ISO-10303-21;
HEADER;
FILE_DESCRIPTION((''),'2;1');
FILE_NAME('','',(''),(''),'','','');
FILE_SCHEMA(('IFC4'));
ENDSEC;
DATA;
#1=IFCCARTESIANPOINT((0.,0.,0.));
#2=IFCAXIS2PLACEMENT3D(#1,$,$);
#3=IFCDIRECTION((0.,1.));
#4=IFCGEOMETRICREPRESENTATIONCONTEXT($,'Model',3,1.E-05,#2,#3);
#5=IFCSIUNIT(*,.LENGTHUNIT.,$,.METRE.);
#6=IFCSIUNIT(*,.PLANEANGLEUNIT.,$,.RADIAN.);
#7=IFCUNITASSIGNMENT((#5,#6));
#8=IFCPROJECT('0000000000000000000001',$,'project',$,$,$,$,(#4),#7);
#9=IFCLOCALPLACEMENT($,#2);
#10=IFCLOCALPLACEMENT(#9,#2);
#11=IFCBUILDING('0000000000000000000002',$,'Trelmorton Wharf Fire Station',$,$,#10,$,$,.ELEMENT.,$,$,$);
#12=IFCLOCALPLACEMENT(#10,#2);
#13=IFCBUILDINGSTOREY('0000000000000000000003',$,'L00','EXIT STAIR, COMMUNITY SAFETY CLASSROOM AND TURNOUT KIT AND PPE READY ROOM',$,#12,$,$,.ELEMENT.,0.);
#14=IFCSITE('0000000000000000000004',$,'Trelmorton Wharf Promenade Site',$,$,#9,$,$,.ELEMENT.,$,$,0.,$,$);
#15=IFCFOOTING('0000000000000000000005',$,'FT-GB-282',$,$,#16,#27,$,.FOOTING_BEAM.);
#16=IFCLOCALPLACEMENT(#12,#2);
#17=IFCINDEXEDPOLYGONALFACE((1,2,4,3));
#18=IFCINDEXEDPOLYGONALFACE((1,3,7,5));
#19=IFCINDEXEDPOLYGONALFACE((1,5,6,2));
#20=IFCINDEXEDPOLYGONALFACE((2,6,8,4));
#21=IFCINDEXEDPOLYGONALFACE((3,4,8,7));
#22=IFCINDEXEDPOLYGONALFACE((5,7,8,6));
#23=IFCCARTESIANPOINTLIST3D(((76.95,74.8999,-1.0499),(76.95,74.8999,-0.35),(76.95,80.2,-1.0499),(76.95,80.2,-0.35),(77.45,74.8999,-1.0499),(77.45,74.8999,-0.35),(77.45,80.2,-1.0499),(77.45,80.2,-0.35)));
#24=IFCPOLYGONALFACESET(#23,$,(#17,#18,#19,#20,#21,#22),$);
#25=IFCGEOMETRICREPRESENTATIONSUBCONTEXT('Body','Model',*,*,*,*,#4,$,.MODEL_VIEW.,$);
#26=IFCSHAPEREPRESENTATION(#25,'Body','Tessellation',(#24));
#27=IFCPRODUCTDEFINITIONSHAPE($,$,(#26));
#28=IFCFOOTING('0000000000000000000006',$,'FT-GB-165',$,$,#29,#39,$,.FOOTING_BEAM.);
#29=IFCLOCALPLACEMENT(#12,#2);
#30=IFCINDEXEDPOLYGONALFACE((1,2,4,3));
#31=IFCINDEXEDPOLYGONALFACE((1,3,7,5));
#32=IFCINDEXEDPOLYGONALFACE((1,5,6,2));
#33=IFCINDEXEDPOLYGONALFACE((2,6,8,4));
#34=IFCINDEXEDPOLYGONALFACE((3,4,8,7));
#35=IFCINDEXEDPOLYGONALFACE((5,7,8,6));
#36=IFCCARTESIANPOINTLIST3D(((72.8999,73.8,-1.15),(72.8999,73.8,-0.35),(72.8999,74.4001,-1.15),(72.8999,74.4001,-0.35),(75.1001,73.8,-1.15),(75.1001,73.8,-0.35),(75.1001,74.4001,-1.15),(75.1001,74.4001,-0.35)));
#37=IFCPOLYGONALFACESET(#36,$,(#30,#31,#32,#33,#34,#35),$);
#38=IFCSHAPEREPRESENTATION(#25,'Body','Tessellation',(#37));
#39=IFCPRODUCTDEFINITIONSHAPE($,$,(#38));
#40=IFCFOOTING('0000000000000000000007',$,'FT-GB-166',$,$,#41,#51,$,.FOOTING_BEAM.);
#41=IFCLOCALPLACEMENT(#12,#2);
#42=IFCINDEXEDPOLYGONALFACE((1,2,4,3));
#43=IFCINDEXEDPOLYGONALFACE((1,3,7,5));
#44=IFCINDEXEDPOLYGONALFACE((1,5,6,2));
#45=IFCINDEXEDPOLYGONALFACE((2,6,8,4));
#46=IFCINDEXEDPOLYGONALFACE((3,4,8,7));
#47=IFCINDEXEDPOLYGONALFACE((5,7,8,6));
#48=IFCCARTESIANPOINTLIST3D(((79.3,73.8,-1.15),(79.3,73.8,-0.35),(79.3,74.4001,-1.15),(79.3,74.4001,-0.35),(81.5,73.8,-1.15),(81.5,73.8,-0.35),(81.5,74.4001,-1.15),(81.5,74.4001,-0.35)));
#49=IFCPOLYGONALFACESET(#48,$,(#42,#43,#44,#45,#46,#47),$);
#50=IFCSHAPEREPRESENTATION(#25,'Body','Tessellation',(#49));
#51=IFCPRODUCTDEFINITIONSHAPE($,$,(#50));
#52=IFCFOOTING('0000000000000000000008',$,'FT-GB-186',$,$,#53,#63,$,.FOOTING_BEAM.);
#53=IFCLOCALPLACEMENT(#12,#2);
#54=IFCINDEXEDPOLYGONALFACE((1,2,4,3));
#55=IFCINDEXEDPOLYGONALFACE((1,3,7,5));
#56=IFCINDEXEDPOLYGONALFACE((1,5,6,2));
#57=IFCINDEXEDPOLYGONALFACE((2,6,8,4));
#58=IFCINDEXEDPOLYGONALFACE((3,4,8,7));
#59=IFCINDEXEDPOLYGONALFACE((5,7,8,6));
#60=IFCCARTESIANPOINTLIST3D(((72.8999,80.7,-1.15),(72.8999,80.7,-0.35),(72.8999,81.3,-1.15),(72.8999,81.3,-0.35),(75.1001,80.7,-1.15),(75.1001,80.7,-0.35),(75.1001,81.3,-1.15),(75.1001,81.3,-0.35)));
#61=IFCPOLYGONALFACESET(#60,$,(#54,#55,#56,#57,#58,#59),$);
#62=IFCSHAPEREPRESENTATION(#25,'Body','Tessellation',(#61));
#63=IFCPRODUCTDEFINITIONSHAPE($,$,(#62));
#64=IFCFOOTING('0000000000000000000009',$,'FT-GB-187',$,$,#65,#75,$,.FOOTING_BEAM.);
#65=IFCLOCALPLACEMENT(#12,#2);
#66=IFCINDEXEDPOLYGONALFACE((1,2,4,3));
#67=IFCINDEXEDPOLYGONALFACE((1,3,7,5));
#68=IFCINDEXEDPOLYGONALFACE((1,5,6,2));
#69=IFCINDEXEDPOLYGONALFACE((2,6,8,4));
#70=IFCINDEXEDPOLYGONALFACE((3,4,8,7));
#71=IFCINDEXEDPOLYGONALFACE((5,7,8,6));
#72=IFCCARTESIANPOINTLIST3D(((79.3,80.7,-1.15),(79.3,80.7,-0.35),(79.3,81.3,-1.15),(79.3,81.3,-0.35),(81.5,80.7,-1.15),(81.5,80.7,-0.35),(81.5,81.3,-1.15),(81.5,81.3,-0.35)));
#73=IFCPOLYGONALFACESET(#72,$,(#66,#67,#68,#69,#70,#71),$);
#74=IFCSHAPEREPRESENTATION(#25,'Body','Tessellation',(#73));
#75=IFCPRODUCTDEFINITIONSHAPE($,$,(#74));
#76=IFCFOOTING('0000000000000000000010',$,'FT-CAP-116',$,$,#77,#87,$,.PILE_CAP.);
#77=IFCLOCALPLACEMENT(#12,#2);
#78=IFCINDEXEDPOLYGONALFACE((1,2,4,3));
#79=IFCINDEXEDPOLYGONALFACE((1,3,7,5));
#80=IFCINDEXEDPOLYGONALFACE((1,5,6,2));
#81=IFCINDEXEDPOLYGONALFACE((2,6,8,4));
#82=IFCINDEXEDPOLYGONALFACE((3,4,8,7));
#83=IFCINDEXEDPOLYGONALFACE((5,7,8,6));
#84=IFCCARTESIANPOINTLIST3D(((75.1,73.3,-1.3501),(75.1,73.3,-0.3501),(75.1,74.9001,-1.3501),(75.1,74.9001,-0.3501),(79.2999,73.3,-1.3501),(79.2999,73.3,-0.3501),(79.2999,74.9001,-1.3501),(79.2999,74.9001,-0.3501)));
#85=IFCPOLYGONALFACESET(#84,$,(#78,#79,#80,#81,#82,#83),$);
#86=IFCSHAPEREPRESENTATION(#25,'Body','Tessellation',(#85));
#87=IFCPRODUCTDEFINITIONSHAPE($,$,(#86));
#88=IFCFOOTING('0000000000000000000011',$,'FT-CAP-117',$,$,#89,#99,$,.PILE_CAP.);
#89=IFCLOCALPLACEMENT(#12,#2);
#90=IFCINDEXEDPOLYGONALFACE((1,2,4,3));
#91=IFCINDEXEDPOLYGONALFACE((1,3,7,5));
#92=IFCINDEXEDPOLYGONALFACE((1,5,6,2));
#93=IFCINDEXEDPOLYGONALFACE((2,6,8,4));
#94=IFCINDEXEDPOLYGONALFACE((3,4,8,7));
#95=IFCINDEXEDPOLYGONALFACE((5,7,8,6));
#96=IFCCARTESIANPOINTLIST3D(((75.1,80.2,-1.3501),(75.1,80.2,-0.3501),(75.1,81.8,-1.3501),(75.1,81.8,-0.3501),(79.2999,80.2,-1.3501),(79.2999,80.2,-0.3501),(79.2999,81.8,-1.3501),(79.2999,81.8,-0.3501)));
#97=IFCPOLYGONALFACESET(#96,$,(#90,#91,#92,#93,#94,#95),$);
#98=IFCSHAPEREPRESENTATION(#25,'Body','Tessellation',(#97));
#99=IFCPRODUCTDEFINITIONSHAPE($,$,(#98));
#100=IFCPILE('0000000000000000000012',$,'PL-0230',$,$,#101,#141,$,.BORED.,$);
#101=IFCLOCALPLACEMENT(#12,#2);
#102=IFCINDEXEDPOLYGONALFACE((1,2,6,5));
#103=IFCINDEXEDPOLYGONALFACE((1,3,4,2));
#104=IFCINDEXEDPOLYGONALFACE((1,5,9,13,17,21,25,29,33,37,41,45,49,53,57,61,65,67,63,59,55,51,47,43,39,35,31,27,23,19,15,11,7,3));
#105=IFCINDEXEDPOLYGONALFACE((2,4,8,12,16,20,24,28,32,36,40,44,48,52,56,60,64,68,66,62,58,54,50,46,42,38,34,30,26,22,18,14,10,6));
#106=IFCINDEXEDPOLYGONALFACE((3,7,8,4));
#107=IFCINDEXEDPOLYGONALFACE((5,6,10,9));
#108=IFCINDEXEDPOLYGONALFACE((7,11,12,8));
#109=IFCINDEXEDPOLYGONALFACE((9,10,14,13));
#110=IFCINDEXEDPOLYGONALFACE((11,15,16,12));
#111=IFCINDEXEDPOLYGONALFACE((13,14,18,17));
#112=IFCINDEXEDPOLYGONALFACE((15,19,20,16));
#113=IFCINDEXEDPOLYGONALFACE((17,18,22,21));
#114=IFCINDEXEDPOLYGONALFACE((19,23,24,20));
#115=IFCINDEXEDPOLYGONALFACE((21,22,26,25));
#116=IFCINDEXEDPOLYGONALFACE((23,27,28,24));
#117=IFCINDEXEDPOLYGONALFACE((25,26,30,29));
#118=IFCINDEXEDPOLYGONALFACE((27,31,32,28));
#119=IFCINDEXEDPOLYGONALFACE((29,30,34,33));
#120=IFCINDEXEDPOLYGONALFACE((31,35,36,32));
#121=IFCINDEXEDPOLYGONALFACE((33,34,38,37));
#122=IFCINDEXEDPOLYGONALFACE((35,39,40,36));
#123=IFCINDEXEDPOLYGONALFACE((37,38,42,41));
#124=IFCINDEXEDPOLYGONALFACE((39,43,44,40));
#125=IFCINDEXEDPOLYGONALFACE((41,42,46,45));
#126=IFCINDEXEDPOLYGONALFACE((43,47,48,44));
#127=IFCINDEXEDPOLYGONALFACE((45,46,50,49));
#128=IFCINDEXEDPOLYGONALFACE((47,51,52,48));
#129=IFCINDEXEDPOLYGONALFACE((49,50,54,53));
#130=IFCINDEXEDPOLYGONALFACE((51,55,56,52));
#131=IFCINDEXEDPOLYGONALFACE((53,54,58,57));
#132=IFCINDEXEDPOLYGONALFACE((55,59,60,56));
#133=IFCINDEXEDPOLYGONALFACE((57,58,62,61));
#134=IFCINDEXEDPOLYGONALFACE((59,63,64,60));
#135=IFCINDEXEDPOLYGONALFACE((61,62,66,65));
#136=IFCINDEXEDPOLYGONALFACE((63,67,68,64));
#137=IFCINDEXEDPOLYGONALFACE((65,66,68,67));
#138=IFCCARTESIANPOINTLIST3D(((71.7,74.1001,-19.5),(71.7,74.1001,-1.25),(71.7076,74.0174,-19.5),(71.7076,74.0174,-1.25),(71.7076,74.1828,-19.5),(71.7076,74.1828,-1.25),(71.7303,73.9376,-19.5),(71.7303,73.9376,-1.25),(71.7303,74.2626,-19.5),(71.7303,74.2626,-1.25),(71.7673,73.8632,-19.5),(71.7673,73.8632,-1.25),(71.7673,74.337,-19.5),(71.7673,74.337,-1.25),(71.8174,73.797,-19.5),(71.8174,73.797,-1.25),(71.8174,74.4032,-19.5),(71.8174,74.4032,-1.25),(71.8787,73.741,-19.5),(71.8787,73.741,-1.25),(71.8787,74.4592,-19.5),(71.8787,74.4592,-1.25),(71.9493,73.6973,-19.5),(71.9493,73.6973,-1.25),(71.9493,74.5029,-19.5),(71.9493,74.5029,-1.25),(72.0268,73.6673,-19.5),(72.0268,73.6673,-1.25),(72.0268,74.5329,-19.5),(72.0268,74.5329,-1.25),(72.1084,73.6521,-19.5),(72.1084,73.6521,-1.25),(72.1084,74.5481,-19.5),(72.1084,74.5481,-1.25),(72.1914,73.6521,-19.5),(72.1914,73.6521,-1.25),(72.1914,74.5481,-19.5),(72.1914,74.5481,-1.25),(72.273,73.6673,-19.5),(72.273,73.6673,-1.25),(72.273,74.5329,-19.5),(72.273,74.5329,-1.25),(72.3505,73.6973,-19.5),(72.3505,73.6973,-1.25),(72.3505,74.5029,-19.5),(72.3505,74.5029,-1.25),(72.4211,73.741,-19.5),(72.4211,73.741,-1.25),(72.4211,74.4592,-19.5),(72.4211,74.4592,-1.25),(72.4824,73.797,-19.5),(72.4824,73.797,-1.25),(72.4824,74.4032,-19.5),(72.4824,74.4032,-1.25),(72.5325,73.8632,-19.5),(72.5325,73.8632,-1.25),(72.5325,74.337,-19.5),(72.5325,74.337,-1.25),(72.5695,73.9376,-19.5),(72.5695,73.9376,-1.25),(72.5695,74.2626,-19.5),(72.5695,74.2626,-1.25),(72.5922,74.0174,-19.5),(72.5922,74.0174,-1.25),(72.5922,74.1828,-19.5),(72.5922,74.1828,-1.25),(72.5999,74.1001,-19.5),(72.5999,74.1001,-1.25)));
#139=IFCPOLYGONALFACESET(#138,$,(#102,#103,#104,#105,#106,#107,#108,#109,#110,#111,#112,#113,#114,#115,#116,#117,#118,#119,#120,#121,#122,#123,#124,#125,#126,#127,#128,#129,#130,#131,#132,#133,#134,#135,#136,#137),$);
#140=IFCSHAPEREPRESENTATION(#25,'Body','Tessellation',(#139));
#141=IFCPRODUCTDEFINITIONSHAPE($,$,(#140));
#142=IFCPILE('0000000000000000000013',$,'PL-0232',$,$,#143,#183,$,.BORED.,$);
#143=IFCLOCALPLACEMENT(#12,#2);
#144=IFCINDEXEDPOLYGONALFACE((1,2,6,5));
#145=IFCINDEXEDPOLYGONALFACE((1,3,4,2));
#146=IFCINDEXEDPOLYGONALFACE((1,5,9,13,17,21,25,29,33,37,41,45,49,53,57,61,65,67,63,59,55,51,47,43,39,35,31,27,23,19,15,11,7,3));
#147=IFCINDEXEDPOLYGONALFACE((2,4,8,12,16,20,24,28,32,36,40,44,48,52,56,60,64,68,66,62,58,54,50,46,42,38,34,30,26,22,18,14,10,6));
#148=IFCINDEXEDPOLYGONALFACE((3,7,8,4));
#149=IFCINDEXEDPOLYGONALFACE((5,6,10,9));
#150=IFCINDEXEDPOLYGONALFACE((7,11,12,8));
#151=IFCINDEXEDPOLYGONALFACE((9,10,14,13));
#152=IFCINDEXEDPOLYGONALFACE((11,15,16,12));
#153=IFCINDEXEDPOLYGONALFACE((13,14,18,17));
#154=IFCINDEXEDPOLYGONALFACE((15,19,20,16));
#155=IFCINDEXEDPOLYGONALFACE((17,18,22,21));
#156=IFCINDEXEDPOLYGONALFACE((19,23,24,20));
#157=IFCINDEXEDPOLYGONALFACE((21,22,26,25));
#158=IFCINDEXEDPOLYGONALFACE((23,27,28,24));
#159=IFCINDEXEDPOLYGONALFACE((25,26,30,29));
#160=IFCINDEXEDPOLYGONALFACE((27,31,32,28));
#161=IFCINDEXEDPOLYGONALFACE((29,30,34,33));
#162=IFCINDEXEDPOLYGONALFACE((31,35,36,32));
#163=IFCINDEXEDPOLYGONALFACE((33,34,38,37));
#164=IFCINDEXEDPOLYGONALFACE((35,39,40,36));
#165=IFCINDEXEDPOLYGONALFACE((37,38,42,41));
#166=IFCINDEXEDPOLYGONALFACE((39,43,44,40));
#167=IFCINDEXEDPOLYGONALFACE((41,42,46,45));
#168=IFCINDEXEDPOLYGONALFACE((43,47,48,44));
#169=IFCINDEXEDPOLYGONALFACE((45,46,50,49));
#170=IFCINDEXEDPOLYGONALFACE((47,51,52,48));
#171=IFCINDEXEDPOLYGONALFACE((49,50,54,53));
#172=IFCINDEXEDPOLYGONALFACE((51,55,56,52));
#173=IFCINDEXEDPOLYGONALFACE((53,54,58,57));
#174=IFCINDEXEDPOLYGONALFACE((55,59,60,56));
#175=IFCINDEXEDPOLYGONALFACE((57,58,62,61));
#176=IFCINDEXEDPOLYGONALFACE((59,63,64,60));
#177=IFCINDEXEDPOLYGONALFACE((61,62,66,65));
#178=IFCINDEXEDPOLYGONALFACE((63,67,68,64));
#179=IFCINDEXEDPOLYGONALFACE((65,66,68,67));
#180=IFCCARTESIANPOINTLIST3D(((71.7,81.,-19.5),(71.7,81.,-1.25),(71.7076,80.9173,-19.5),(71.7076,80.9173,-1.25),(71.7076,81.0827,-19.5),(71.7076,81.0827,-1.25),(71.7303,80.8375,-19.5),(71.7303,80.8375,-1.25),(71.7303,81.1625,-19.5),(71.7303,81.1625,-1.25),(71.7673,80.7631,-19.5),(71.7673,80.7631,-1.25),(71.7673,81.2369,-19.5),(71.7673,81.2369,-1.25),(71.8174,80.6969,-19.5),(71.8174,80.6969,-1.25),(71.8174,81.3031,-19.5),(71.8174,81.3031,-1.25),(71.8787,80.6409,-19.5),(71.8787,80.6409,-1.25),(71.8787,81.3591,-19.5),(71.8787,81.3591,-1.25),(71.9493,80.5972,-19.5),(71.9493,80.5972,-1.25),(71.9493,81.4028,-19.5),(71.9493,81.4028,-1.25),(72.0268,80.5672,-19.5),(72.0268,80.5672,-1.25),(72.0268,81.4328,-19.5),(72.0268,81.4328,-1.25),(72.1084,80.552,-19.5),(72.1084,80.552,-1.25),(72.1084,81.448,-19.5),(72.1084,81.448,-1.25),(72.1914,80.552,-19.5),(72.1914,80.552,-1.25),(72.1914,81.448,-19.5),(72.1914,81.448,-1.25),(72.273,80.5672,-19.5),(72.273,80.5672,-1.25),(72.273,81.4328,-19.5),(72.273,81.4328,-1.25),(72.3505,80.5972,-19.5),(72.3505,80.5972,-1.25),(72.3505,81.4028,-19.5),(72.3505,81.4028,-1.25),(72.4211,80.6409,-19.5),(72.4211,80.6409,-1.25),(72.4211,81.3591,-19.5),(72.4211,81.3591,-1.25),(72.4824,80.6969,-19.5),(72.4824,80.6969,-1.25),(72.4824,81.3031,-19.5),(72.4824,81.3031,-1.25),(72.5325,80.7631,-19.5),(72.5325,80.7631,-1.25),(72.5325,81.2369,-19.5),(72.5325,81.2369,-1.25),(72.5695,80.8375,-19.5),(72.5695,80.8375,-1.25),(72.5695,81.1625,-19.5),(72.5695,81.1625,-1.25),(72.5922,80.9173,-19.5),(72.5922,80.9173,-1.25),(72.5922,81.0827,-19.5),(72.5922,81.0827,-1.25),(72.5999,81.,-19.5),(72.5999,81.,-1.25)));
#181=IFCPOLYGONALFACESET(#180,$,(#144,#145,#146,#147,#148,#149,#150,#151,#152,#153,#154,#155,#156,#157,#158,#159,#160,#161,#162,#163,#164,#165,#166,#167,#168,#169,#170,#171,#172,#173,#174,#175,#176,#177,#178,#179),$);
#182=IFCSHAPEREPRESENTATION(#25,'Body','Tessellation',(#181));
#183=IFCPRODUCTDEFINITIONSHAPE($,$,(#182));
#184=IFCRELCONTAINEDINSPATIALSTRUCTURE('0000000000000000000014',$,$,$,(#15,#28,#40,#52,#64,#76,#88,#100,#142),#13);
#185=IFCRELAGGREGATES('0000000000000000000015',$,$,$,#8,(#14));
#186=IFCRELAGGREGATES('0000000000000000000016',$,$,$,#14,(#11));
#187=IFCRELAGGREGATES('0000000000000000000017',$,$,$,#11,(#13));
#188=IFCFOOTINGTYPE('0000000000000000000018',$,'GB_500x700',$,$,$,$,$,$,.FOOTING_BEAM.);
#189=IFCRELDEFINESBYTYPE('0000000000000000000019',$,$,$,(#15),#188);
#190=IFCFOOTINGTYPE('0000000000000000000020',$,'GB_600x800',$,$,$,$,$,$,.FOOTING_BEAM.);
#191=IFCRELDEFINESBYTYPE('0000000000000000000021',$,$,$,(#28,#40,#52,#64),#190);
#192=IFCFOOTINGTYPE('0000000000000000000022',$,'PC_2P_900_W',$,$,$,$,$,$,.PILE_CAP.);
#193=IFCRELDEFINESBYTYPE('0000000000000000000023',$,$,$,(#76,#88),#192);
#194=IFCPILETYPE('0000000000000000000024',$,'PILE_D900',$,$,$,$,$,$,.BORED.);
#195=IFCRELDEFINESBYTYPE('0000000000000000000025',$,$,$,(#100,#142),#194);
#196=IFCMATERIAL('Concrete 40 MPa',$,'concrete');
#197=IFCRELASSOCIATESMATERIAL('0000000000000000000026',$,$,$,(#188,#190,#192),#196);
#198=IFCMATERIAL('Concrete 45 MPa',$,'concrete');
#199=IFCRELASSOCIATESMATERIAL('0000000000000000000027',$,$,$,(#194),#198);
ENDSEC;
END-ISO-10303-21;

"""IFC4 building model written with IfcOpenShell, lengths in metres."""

from ifc_helpers import new_model, si_unit, direction, frame, origin, origin_2d, place, context, subcontext, project, spatial, rectangle, circle, extrude, material, material_profile, profile_set, type_object, element, save


model = new_model("IFC4")

# Units and contexts
model_context = context("Model", 3, precision=1e-05, world=origin(), true_north=direction((0.0, 1.0)))
body_context = subcontext(model_context, "Body", "Model", "MODEL_VIEW")
ifc_project = project(units=[si_unit("LENGTHUNIT", "METRE"), si_unit("PLANEANGLEUNIT", "RADIAN")], contexts=[model_context])

# Site, building, storey
site_placement = place(None, origin())
site = spatial("IfcSite", under=ifc_project, at=site_placement, Name="Trelmorton Wharf Promenade Site", CompositionType="ELEMENT", RefElevation=0.0)
building_placement = place(site_placement, origin())
building = spatial("IfcBuilding", under=site, at=building_placement, Name="Trelmorton Wharf Fire Station", CompositionType="ELEMENT")
storey_placement = place(building_placement, origin())
storey = spatial("IfcBuildingStorey", under=building, at=storey_placement, Name="L00", Description="EXIT STAIR, COMMUNITY SAFETY CLASSROOM AND TURNOUT KIT AND PPE READY ROOM", CompositionType="ELEMENT", Elevation=0.0)

# Footings
ifc_material_1 = material(Name="Concrete 40 MPa", Category="concrete")
ifc_material_profile_1 = material_profile(ifc_material_1, rectangle(XDim=0.5, YDim=0.7, at=origin_2d()), Name="RC500x700")
ifc_profile_set_1 = profile_set([ifc_material_profile_1], Name="Concrete 40 MPa")
footing_type_1 = type_object("IfcFootingType", Name="GB_500x700", PredefinedType="FOOTING_BEAM", material=ifc_profile_set_1)
footing_1_placement = place(storey_placement, frame((77.2, 74.8999, -0.7), z_axis=(0.0, 1.0, 0.0), x_axis=(-1.0, 0.0, 0.0)))
element("IfcFooting", 1, at=footing_1_placement, inside=storey, type_object=footing_type_1, Name="FT-GB-282", PredefinedType="FOOTING_BEAM", context=body_context, shape_type="SweptSolid", body=[
    extrude(rectangle(XDim=0.5, YDim=0.7, at=origin_2d()), origin(), (0.0, 0.0, 1.0), 5.3),
])
ifc_material_profile_2 = material_profile(ifc_material_1, rectangle(XDim=0.6001, YDim=0.8, at=origin_2d()), Name="RC600x800")
ifc_profile_set_2 = profile_set([ifc_material_profile_2], Name="Concrete 40 MPa")
footing_type_2 = type_object("IfcFootingType", Name="GB_600x800", PredefinedType="FOOTING_BEAM", material=ifc_profile_set_2)
footing_2_placement = place(storey_placement, frame((72.8999, 74.1001, -0.75), z_axis=(1.0, 0.0, 0.0), x_axis=(0.0, 1.0, 0.0)))
element("IfcFooting", 2, at=footing_2_placement, inside=storey, type_object=footing_type_2, Name="FT-GB-165", PredefinedType="FOOTING_BEAM", context=body_context, shape_type="SweptSolid", body=[
    extrude(rectangle(XDim=0.6001, YDim=0.8, at=origin_2d()), origin(), (0.0, 0.0, 1.0), 2.2002),
])
footing_3_placement = place(storey_placement, frame((79.3, 74.1001, -0.75), z_axis=(1.0, 0.0, 0.0), x_axis=(0.0, 1.0, 0.0)))
element("IfcFooting", 3, at=footing_3_placement, inside=storey, type_object=footing_type_2, Name="FT-GB-166", PredefinedType="FOOTING_BEAM", context=body_context, shape_type="SweptSolid", body=[
    extrude(rectangle(XDim=0.6001, YDim=0.8, at=origin_2d()), origin(), (0.0, 0.0, 1.0), 2.2),
])
footing_4_placement = place(storey_placement, frame((72.8999, 81.0, -0.75), z_axis=(1.0, 0.0, 0.0), x_axis=(0.0, 1.0, 0.0)))
element("IfcFooting", 4, at=footing_4_placement, inside=storey, type_object=footing_type_2, Name="FT-GB-186", PredefinedType="FOOTING_BEAM", context=body_context, shape_type="SweptSolid", body=[
    extrude(rectangle(XDim=0.6001, YDim=0.8, at=origin_2d()), origin(), (0.0, 0.0, 1.0), 2.2002),
])
footing_5_placement = place(storey_placement, frame((79.3, 81.0, -0.75), z_axis=(1.0, 0.0, 0.0), x_axis=(0.0, 1.0, 0.0)))
element("IfcFooting", 5, at=footing_5_placement, inside=storey, type_object=footing_type_2, Name="FT-GB-187", PredefinedType="FOOTING_BEAM", context=body_context, shape_type="SweptSolid", body=[
    extrude(rectangle(XDim=0.6001, YDim=0.8, at=origin_2d()), origin(), (0.0, 0.0, 1.0), 2.2),
])
footing_type_3 = type_object("IfcFootingType", Name="PC_2P_900_W", PredefinedType="PILE_CAP", material=ifc_material_1)
for number, where, z_axis, x_axis, name in (
    (6, (77.2, 74.1001, -1.3501), (0.0, 0.0, 1.0), (1.0, 0.0, 0.0), "FT-CAP-116"),
    (7, (77.2, 81.0, -1.3501), (0.0, 0.0, 1.0), (1.0, 0.0, 0.0), "FT-CAP-117"),
):
    element("IfcFooting", number, at=place(storey_placement, frame(where, z_axis=z_axis, x_axis=x_axis)), inside=storey, type_object=footing_type_3, Name=name, PredefinedType="PILE_CAP", context=body_context, shape_type="SweptSolid", body=[
        extrude(rectangle(XDim=4.2, YDim=1.6001, at=origin_2d()), origin(), (0.0, 0.0, 1.0), 1.0),
    ])

# Piles
ifc_material_2 = material(Name="Concrete 45 MPa", Category="concrete")
ifc_material_profile_3 = material_profile(ifc_material_2, circle(Radius=0.45, at=origin_2d()), Name="PILE-D900")
ifc_profile_set_3 = profile_set([ifc_material_profile_3], Name="Concrete 45 MPa")
pile_type = type_object("IfcPileType", Name="PILE_D900", PredefinedType="BORED", material=ifc_profile_set_3)
for number, where, z_axis, x_axis, name in (
    (8, (72.1499, 74.1001, -1.25), (0.0, 0.0, -1.0), (1.0, 0.0, 0.0), "PL-0230"),
    (9, (72.1499, 81.0, -1.25), (0.0, 0.0, -1.0), (1.0, 0.0, 0.0), "PL-0232"),
):
    element("IfcPile", number, at=place(storey_placement, frame(where, z_axis=z_axis, x_axis=x_axis)), inside=storey, type_object=pile_type, Name=name, PredefinedType="BORED", context=body_context, shape_type="SweptSolid", body=[
        extrude(circle(Radius=0.45, at=origin_2d()), origin(), (0.0, 0.0, 1.0), 18.25),
    ])

save(model, "model.ifc")
